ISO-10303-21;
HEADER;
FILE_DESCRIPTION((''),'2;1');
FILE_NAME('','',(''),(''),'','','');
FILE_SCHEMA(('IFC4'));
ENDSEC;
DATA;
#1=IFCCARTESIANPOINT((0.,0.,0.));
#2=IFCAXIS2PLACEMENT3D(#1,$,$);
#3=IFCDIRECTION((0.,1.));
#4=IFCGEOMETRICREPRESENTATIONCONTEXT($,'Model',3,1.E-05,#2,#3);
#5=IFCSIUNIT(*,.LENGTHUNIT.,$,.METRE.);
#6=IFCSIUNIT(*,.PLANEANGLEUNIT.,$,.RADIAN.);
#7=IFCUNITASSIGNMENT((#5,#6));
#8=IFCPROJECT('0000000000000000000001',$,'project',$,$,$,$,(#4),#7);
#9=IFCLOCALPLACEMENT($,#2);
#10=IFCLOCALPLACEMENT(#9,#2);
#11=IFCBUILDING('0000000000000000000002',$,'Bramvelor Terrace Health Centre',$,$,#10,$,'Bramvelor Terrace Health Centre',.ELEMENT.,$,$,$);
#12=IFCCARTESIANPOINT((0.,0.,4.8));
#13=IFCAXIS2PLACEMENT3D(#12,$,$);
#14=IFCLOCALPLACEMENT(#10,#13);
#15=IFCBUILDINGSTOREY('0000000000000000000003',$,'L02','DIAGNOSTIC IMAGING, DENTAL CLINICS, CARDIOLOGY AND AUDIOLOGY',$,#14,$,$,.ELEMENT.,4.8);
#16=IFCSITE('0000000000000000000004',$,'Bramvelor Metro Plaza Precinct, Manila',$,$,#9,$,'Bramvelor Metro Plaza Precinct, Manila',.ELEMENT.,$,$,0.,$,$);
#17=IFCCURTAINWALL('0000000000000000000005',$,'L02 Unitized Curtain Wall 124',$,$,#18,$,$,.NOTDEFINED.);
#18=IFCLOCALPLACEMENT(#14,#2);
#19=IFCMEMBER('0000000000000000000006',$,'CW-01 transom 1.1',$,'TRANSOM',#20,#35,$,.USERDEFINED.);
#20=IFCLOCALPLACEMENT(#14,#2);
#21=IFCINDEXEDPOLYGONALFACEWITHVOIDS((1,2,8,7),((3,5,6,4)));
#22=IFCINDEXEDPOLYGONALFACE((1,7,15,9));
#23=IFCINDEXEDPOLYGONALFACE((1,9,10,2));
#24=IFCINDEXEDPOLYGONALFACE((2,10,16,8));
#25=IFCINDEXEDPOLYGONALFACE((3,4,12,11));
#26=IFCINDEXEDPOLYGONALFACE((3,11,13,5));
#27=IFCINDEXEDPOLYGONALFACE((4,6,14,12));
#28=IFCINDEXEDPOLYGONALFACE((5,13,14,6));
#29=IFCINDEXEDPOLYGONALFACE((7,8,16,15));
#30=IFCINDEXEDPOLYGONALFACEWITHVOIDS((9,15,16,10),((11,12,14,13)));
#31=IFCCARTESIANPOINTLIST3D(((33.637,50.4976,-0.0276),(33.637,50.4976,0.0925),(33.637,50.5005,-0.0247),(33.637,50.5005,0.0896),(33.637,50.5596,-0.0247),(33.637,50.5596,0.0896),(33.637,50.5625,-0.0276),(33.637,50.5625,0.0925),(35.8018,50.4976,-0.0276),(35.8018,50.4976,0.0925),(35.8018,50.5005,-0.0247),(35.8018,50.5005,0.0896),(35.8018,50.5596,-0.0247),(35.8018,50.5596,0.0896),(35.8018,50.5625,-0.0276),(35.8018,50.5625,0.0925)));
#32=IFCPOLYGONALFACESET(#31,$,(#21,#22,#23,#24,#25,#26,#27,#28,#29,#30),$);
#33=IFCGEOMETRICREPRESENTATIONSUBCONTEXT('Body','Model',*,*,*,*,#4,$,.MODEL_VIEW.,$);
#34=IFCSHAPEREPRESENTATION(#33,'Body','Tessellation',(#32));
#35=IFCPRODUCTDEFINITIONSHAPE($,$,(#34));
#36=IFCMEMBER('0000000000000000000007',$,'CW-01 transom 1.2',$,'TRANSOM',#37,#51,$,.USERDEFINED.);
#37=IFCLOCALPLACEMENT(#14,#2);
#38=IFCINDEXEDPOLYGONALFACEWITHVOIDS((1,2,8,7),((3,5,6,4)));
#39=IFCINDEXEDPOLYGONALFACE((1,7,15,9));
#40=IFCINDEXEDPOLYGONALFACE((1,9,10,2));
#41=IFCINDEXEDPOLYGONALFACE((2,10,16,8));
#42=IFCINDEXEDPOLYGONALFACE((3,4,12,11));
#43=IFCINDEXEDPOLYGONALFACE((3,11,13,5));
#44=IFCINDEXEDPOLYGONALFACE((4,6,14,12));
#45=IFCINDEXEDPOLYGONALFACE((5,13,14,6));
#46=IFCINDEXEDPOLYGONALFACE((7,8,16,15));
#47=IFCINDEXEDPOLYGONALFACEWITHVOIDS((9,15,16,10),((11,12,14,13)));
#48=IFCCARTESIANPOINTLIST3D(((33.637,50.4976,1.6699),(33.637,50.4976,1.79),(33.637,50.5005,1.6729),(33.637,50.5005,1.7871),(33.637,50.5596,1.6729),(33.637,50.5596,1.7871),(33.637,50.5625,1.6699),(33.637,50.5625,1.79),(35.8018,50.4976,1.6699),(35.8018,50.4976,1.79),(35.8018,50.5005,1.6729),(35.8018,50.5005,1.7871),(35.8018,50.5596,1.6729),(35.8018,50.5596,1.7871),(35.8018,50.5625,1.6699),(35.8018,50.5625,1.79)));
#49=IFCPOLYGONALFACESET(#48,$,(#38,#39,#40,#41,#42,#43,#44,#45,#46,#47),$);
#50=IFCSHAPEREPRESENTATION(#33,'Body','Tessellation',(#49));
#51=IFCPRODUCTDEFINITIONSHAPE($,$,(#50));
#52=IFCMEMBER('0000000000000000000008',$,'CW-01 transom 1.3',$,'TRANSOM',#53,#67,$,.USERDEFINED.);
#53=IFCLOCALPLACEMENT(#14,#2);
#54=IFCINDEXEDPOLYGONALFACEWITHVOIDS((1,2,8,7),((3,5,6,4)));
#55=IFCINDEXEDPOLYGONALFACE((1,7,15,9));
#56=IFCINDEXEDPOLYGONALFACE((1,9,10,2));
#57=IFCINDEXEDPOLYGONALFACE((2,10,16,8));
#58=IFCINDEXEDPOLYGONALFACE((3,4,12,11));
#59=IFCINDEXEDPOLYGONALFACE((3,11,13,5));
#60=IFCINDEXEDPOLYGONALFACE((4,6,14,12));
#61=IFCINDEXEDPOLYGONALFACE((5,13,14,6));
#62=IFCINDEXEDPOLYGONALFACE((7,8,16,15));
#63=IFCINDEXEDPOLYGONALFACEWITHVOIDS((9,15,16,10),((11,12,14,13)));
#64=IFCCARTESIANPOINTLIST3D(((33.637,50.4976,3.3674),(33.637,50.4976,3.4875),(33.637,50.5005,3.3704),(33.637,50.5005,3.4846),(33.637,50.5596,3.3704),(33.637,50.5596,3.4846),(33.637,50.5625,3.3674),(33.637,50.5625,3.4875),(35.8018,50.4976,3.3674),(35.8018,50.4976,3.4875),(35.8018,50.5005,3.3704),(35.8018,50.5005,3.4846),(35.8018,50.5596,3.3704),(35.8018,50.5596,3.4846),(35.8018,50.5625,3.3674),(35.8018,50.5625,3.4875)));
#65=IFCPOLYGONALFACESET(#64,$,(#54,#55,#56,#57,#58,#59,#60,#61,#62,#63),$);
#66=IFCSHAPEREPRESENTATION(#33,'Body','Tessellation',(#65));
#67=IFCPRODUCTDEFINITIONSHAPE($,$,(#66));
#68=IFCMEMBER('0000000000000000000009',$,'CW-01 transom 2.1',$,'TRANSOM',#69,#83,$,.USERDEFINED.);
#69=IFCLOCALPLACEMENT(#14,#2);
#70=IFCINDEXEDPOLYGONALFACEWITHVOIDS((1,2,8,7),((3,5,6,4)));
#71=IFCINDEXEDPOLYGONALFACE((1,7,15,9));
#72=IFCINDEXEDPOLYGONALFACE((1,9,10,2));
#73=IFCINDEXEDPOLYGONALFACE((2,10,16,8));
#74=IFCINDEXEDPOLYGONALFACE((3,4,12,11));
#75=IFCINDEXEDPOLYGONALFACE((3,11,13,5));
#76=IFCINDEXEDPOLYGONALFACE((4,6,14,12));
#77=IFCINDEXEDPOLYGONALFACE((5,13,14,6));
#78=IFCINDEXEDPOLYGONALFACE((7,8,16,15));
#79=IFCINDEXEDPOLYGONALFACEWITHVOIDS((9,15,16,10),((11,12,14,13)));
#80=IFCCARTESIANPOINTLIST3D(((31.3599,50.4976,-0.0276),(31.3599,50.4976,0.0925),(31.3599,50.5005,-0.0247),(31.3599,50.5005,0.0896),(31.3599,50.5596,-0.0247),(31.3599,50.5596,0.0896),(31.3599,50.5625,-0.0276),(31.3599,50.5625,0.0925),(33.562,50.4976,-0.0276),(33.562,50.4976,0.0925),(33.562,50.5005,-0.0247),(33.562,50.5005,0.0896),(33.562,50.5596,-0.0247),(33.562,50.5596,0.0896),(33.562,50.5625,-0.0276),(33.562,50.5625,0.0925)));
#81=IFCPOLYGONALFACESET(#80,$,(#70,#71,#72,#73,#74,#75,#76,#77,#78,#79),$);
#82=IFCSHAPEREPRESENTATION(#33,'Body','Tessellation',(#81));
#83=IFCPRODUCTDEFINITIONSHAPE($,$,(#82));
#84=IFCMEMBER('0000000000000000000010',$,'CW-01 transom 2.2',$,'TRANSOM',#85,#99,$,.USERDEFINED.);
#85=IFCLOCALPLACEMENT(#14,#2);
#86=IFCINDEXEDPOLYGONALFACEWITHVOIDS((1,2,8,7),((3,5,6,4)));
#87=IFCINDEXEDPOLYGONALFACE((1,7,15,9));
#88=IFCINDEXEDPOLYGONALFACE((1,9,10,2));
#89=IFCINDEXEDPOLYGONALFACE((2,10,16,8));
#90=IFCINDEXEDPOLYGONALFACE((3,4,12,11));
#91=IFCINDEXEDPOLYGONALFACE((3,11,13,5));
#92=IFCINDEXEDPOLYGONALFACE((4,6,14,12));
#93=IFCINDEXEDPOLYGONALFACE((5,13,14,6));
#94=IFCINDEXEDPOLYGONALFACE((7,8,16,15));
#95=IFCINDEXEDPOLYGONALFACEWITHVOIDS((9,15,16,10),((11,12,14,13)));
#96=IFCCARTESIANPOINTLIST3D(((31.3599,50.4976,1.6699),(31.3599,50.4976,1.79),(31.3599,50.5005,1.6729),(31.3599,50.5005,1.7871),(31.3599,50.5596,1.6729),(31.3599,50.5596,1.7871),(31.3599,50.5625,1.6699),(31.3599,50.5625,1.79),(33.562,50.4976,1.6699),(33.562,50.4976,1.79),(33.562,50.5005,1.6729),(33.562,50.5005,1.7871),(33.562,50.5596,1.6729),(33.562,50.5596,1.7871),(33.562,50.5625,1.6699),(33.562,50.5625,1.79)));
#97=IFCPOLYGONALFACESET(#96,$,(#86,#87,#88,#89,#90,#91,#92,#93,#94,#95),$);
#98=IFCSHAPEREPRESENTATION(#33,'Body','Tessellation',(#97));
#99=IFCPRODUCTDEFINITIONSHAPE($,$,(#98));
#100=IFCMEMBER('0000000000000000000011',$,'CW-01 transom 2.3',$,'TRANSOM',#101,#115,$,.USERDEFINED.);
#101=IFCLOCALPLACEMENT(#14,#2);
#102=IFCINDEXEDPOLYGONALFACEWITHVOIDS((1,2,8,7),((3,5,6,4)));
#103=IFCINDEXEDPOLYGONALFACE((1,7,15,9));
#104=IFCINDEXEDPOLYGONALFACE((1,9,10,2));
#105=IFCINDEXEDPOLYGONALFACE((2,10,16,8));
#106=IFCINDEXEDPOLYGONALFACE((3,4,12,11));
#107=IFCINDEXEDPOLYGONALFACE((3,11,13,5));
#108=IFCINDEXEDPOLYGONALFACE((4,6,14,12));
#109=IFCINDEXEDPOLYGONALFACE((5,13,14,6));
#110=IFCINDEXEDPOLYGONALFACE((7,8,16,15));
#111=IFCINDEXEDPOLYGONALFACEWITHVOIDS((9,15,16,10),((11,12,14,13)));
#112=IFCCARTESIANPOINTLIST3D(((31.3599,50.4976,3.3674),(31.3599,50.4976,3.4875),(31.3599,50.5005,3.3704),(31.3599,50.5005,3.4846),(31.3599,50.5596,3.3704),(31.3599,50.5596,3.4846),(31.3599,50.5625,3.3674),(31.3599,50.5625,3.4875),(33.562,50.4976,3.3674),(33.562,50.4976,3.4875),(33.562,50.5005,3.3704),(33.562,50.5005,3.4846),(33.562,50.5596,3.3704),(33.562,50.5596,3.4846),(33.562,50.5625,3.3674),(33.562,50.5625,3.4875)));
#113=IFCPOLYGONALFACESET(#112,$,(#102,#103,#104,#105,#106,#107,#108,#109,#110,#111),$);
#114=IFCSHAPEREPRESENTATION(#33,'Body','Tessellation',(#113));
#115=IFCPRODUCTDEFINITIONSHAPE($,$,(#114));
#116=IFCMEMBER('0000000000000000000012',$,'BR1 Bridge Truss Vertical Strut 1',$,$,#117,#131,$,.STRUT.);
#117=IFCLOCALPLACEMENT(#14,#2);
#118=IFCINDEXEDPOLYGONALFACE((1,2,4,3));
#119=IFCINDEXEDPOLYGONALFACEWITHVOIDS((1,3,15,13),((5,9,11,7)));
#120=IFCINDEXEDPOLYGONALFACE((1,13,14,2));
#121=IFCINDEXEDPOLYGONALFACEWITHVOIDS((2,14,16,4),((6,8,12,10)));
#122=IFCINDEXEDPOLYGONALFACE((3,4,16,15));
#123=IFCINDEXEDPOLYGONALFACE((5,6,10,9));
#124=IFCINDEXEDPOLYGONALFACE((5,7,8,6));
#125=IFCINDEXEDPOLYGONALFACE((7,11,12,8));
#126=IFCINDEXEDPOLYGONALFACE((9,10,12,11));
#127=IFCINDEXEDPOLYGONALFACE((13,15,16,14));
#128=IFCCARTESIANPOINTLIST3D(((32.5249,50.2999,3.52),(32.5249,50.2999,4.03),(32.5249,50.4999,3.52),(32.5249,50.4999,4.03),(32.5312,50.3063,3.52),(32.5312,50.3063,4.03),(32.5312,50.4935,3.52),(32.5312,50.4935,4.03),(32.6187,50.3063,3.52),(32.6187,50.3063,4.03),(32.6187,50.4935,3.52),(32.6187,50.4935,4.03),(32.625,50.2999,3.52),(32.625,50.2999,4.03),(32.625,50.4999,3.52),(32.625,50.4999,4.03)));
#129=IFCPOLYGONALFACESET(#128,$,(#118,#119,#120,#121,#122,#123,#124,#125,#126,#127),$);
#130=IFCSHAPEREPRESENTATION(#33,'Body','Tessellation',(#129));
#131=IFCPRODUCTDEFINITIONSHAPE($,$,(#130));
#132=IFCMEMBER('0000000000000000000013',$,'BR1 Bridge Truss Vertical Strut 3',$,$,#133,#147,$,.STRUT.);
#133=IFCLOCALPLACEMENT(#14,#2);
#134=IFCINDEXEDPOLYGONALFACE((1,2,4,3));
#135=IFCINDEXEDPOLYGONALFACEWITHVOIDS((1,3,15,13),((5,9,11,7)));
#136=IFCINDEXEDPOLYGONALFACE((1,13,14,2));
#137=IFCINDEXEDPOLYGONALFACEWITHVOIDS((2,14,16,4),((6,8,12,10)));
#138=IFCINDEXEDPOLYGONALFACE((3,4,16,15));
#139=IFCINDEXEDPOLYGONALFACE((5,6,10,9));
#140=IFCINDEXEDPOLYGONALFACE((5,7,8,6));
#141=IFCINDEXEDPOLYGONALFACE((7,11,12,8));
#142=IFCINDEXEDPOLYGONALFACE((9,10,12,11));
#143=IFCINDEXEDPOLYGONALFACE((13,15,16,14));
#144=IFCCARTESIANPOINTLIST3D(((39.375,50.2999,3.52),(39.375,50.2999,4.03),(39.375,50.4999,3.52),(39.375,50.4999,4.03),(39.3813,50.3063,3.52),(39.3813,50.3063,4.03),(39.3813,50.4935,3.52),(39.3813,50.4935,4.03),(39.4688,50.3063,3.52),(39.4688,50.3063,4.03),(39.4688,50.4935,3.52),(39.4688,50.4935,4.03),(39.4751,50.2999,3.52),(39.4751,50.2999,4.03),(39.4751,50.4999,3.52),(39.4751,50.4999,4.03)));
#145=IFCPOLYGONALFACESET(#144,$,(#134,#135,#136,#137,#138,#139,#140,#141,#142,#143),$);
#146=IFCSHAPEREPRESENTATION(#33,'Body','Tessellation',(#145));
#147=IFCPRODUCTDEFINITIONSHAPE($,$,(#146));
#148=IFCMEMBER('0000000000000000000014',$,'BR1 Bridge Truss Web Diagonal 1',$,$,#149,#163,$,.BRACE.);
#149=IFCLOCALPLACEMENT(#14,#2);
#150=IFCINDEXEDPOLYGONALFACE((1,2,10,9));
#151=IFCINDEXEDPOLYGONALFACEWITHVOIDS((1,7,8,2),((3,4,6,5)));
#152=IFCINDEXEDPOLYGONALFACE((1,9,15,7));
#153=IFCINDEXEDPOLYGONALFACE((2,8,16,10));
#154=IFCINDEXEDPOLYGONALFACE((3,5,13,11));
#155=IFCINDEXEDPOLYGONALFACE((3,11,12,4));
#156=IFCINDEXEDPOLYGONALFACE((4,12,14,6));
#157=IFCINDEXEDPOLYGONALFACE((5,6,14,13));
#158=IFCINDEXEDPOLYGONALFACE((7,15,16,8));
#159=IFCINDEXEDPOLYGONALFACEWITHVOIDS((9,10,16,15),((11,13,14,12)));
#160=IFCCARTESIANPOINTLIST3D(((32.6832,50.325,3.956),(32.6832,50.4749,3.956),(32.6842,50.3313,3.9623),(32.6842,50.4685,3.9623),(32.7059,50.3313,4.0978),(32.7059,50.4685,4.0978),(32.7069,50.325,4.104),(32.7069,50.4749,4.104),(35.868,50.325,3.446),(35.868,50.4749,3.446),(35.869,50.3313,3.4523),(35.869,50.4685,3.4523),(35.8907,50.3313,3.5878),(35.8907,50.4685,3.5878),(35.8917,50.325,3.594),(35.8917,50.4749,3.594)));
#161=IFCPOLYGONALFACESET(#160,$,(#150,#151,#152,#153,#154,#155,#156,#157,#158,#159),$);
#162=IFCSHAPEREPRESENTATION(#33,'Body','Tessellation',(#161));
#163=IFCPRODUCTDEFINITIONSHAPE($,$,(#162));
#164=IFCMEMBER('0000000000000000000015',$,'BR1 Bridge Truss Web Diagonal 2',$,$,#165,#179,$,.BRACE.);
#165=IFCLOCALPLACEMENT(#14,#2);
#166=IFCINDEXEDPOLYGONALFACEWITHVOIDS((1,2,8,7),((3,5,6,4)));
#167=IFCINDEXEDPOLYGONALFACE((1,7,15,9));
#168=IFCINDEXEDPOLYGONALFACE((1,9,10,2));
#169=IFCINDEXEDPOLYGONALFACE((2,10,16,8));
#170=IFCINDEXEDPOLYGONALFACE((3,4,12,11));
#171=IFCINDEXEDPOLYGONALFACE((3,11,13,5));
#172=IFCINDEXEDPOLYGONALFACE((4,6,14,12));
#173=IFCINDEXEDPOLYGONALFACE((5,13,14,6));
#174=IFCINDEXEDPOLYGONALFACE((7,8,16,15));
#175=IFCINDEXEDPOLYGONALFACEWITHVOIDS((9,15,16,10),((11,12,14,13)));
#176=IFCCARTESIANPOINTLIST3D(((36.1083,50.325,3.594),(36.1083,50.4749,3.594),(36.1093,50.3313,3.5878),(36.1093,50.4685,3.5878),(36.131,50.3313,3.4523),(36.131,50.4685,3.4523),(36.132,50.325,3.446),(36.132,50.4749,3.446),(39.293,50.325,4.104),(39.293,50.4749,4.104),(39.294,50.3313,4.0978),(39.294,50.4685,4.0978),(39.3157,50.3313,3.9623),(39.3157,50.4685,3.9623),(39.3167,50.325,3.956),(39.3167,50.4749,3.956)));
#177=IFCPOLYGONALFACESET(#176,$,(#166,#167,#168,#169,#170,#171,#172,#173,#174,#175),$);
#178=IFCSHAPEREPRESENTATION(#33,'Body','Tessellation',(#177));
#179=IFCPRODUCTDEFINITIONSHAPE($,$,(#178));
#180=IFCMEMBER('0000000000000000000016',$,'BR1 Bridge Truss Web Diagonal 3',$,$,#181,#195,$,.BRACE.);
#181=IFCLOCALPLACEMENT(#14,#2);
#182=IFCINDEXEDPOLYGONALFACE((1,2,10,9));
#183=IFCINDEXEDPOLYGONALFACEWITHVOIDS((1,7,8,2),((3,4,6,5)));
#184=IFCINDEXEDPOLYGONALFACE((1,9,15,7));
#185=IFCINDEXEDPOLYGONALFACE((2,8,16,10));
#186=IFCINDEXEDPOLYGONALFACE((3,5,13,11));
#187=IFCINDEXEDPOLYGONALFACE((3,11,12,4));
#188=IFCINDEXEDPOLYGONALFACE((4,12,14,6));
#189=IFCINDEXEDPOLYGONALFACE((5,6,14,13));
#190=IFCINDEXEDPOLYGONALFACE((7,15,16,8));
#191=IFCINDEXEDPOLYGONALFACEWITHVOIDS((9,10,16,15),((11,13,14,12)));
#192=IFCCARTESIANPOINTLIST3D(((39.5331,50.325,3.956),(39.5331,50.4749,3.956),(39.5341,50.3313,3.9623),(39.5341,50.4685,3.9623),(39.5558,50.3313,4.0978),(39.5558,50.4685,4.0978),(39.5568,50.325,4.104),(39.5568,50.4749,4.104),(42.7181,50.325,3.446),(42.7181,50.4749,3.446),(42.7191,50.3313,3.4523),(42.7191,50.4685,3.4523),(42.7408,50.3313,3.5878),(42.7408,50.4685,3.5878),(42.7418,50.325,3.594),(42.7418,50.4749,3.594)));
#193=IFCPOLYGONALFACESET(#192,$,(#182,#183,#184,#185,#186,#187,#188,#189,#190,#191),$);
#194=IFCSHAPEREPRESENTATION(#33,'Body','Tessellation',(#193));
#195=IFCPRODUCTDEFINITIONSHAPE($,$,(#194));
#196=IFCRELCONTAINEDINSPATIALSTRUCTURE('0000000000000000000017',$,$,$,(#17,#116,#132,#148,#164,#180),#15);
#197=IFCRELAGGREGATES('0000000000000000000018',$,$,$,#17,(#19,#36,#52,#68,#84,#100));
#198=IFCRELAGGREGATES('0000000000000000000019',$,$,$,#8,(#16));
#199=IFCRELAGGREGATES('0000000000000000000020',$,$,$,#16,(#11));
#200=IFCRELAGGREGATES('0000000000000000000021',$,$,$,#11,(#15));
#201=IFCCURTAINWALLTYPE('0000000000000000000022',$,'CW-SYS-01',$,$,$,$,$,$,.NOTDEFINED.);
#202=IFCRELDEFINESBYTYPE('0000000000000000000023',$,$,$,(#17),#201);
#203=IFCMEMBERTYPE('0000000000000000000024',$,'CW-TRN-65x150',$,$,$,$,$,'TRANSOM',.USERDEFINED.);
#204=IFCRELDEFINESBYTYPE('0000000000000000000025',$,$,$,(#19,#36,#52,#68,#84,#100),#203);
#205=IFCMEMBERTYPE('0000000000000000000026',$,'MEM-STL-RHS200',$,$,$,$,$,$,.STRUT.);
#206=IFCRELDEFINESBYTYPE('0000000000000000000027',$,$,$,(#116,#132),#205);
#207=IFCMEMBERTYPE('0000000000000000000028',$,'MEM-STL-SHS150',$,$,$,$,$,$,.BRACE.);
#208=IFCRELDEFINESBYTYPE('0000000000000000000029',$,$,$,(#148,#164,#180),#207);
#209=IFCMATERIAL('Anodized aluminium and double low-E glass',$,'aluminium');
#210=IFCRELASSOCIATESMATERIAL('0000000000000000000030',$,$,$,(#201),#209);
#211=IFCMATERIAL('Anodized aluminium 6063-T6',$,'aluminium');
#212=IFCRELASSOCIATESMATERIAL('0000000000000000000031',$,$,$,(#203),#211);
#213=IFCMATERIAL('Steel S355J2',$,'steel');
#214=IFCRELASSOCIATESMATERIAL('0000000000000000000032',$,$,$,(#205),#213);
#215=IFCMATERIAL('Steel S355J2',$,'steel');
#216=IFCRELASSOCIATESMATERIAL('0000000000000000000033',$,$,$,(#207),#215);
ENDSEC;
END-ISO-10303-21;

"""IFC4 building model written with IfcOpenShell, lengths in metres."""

from ifc_helpers import new_model, si_unit, direction, frame, origin, origin_2d, place, context, subcontext, project, spatial, hollow_rectangle, extrude, material, material_profile, profile_set, type_object, element, aggregate, save


model = new_model("IFC4")

# Units and contexts
model_context = context("Model", 3, precision=1e-05, world=origin(), true_north=direction((0.0, 1.0)))
body_context = subcontext(model_context, "Body", "Model", "MODEL_VIEW")
ifc_project = project(units=[si_unit("LENGTHUNIT", "METRE"), si_unit("PLANEANGLEUNIT", "RADIAN")], contexts=[model_context])

# Site, building, storey
site_placement = place(None, origin())
site = spatial("IfcSite", under=ifc_project, at=site_placement, Name="Bramvelor Metro Plaza Precinct, Manila", LongName="Bramvelor Metro Plaza Precinct, Manila", CompositionType="ELEMENT", RefElevation=0.0)
building_placement = place(site_placement, origin())
building = spatial("IfcBuilding", under=site, at=building_placement, Name="Bramvelor Terrace Health Centre", LongName="Bramvelor Terrace Health Centre", CompositionType="ELEMENT")
storey_placement = place(building_placement, frame((0.0, 0.0, 4.8)))
storey = spatial("IfcBuildingStorey", under=building, at=storey_placement, Name="L02", Description="DIAGNOSTIC IMAGING, DENTAL CLINICS, CARDIOLOGY AND AUDIOLOGY", CompositionType="ELEMENT", Elevation=4.8)

# Curtain wall
ifc_material_1 = material(Name="Anodized aluminium and double low-E glass", Category="aluminium")
curtain_wall_type = type_object("IfcCurtainWallType", Name="CW-SYS-01", PredefinedType="NOTDEFINED", material=ifc_material_1)
curtain_wall_1_placement = place(storey_placement, origin())
curtain_wall_1 = element("IfcCurtainWall", 1, at=curtain_wall_1_placement, inside=storey, type_object=curtain_wall_type, Name="L02 Unitized Curtain Wall 124", PredefinedType="NOTDEFINED")

# Members
ifc_material_2 = material(Name="Anodized aluminium 6063-T6", Category="aluminium")
ifc_material_profile_1 = material_profile(ifc_material_2, hollow_rectangle(XDim=0.0649, YDim=0.1201, WallThickness=0.0029, at=origin_2d()), Name="ALU-TRN 65x120x3.0")
ifc_profile_set_1 = profile_set([ifc_material_profile_1], Name="Anodized aluminium 6063-T6")
member_type_1 = type_object("IfcMemberType", Name="CW-TRN-65x150", ElementType="TRANSOM", PredefinedType="USERDEFINED", material=ifc_profile_set_1)
member_1_placement = place(storey_placement, frame((35.8018, 50.53, 0.0325), z_axis=(-1.0, 0.0, 0.0), x_axis=(0.0, -1.0, 0.0)))
member_1 = element("IfcMember", 2, at=member_1_placement, type_object=member_type_1, Name="CW-01 transom 1.1", ObjectType="TRANSOM", PredefinedType="USERDEFINED", context=body_context, shape_type="SweptSolid", body=[
    extrude(hollow_rectangle(XDim=0.0649, YDim=0.1201, WallThickness=0.0029, at=origin_2d()), origin(), (0.0, 0.0, 1.0), 2.1648),
])
member_2_placement = place(storey_placement, frame((35.8018, 50.53, 1.73), z_axis=(-1.0, 0.0, 0.0), x_axis=(0.0, -1.0, 0.0)))
member_2 = element("IfcMember", 3, at=member_2_placement, type_object=member_type_1, Name="CW-01 transom 1.2", ObjectType="TRANSOM", PredefinedType="USERDEFINED", context=body_context, shape_type="SweptSolid", body=[
    extrude(hollow_rectangle(XDim=0.0649, YDim=0.1201, WallThickness=0.0029, at=origin_2d()), origin(), (0.0, 0.0, 1.0), 2.1648),
])
member_3_placement = place(storey_placement, frame((35.8018, 50.53, 3.4275), z_axis=(-1.0, 0.0, 0.0), x_axis=(0.0, -1.0, 0.0)))
member_3 = element("IfcMember", 4, at=member_3_placement, type_object=member_type_1, Name="CW-01 transom 1.3", ObjectType="TRANSOM", PredefinedType="USERDEFINED", context=body_context, shape_type="SweptSolid", body=[
    extrude(hollow_rectangle(XDim=0.0649, YDim=0.1201, WallThickness=0.0029, at=origin_2d()), origin(), (0.0, 0.0, 1.0), 2.1648),
])
member_4_placement = place(storey_placement, frame((33.562, 50.53, 0.0325), z_axis=(-1.0, 0.0, 0.0), x_axis=(0.0, -1.0, 0.0)))
member_4 = element("IfcMember", 5, at=member_4_placement, type_object=member_type_1, Name="CW-01 transom 2.1", ObjectType="TRANSOM", PredefinedType="USERDEFINED", context=body_context, shape_type="SweptSolid", body=[
    extrude(hollow_rectangle(XDim=0.0649, YDim=0.1201, WallThickness=0.0029, at=origin_2d()), origin(), (0.0, 0.0, 1.0), 2.2021),
])
member_5_placement = place(storey_placement, frame((33.562, 50.53, 1.73), z_axis=(-1.0, 0.0, 0.0), x_axis=(0.0, -1.0, 0.0)))
member_5 = element("IfcMember", 6, at=member_5_placement, type_object=member_type_1, Name="CW-01 transom 2.2", ObjectType="TRANSOM", PredefinedType="USERDEFINED", context=body_context, shape_type="SweptSolid", body=[
    extrude(hollow_rectangle(XDim=0.0649, YDim=0.1201, WallThickness=0.0029, at=origin_2d()), origin(), (0.0, 0.0, 1.0), 2.2021),
])
member_6_placement = place(storey_placement, frame((33.562, 50.53, 3.4275), z_axis=(-1.0, 0.0, 0.0), x_axis=(0.0, -1.0, 0.0)))
member_6 = element("IfcMember", 7, at=member_6_placement, type_object=member_type_1, Name="CW-01 transom 2.3", ObjectType="TRANSOM", PredefinedType="USERDEFINED", context=body_context, shape_type="SweptSolid", body=[
    extrude(hollow_rectangle(XDim=0.0649, YDim=0.1201, WallThickness=0.0029, at=origin_2d()), origin(), (0.0, 0.0, 1.0), 2.2021),
])

# Members
ifc_material_3 = material(Name="Steel S355J2", Category="steel")
ifc_material_profile_2 = material_profile(ifc_material_3, hollow_rectangle(XDim=0.1001, YDim=0.2, WallThickness=0.0063, at=origin_2d()), Name="RHS 200x100x6.3")
ifc_profile_set_2 = profile_set([ifc_material_profile_2], Name="Steel S355J2")
member_type_2 = type_object("IfcMemberType", Name="MEM-STL-RHS200", PredefinedType="STRUT", material=ifc_profile_set_2)
for number, where, z_axis, x_axis, name in (
    (8, (32.575, 50.3999, 3.52), (0.0, 0.0, 1.0), (1.0, 0.0, 0.0), "BR1 Bridge Truss Vertical Strut 1"),
    (9, (39.425, 50.3999, 3.52), (0.0, 0.0, 1.0), (1.0, 0.0, 0.0), "BR1 Bridge Truss Vertical Strut 3"),
):
    element("IfcMember", number, at=place(storey_placement, frame(where, z_axis=z_axis, x_axis=x_axis)), inside=storey, type_object=member_type_2, Name=name, PredefinedType="STRUT", context=body_context, shape_type="SweptSolid", body=[
        extrude(hollow_rectangle(XDim=0.1001, YDim=0.2, WallThickness=0.0063, at=origin_2d()), origin(), (0.0, 0.0, 1.0), 0.51),
    ])
ifc_material_4 = material(Name="Steel S355J2", Category="steel")
ifc_material_profile_3 = material_profile(ifc_material_4, hollow_rectangle(XDim=0.1499, YDim=0.1499, WallThickness=0.0063, at=origin_2d()), Name="SHS 150x150x6.3")
ifc_profile_set_3 = profile_set([ifc_material_profile_3], Name="Steel S355J2")
member_type_3 = type_object("IfcMemberType", Name="MEM-STL-SHS150", PredefinedType="BRACE", material=ifc_profile_set_3)
for number, where, z_axis, x_axis, name in (
    (10, (32.6951, 50.3999, 4.03), (0.987419, 0.0, -0.158123), (0.0, 1.0, 0.0), "BR1 Bridge Truss Web Diagonal 1"),
    (11, (36.1201, 50.3999, 3.52), (0.987419, 0.0, 0.158123), (0.0, 1.0, 0.0), "BR1 Bridge Truss Web Diagonal 2"),
):
    element("IfcMember", number, at=place(storey_placement, frame(where, z_axis=z_axis, x_axis=x_axis)), inside=storey, type_object=member_type_3, Name=name, PredefinedType="BRACE", context=body_context, shape_type="SweptSolid", body=[
        extrude(hollow_rectangle(XDim=0.1499, YDim=0.1499, WallThickness=0.0063, at=origin_2d()), origin(), (0.0, 0.0, 1.0), 3.2253),
    ])
member_7_placement = place(storey_placement, frame((39.5449, 50.3999, 4.03), z_axis=(0.987421, 0.0, -0.158112), x_axis=(0.0, 1.0, 0.0)))
element("IfcMember", 12, at=member_7_placement, inside=storey, type_object=member_type_3, Name="BR1 Bridge Truss Web Diagonal 3", PredefinedType="BRACE", context=body_context, shape_type="SweptSolid", body=[
    extrude(hollow_rectangle(XDim=0.1499, YDim=0.1499, WallThickness=0.0063, at=origin_2d()), origin(), (0.0, 0.0, 1.0), 3.2256),
])

aggregate(curtain_wall_1, [member_1, member_2, member_3, member_4, member_5, member_6])

save(model, "model.ifc")
